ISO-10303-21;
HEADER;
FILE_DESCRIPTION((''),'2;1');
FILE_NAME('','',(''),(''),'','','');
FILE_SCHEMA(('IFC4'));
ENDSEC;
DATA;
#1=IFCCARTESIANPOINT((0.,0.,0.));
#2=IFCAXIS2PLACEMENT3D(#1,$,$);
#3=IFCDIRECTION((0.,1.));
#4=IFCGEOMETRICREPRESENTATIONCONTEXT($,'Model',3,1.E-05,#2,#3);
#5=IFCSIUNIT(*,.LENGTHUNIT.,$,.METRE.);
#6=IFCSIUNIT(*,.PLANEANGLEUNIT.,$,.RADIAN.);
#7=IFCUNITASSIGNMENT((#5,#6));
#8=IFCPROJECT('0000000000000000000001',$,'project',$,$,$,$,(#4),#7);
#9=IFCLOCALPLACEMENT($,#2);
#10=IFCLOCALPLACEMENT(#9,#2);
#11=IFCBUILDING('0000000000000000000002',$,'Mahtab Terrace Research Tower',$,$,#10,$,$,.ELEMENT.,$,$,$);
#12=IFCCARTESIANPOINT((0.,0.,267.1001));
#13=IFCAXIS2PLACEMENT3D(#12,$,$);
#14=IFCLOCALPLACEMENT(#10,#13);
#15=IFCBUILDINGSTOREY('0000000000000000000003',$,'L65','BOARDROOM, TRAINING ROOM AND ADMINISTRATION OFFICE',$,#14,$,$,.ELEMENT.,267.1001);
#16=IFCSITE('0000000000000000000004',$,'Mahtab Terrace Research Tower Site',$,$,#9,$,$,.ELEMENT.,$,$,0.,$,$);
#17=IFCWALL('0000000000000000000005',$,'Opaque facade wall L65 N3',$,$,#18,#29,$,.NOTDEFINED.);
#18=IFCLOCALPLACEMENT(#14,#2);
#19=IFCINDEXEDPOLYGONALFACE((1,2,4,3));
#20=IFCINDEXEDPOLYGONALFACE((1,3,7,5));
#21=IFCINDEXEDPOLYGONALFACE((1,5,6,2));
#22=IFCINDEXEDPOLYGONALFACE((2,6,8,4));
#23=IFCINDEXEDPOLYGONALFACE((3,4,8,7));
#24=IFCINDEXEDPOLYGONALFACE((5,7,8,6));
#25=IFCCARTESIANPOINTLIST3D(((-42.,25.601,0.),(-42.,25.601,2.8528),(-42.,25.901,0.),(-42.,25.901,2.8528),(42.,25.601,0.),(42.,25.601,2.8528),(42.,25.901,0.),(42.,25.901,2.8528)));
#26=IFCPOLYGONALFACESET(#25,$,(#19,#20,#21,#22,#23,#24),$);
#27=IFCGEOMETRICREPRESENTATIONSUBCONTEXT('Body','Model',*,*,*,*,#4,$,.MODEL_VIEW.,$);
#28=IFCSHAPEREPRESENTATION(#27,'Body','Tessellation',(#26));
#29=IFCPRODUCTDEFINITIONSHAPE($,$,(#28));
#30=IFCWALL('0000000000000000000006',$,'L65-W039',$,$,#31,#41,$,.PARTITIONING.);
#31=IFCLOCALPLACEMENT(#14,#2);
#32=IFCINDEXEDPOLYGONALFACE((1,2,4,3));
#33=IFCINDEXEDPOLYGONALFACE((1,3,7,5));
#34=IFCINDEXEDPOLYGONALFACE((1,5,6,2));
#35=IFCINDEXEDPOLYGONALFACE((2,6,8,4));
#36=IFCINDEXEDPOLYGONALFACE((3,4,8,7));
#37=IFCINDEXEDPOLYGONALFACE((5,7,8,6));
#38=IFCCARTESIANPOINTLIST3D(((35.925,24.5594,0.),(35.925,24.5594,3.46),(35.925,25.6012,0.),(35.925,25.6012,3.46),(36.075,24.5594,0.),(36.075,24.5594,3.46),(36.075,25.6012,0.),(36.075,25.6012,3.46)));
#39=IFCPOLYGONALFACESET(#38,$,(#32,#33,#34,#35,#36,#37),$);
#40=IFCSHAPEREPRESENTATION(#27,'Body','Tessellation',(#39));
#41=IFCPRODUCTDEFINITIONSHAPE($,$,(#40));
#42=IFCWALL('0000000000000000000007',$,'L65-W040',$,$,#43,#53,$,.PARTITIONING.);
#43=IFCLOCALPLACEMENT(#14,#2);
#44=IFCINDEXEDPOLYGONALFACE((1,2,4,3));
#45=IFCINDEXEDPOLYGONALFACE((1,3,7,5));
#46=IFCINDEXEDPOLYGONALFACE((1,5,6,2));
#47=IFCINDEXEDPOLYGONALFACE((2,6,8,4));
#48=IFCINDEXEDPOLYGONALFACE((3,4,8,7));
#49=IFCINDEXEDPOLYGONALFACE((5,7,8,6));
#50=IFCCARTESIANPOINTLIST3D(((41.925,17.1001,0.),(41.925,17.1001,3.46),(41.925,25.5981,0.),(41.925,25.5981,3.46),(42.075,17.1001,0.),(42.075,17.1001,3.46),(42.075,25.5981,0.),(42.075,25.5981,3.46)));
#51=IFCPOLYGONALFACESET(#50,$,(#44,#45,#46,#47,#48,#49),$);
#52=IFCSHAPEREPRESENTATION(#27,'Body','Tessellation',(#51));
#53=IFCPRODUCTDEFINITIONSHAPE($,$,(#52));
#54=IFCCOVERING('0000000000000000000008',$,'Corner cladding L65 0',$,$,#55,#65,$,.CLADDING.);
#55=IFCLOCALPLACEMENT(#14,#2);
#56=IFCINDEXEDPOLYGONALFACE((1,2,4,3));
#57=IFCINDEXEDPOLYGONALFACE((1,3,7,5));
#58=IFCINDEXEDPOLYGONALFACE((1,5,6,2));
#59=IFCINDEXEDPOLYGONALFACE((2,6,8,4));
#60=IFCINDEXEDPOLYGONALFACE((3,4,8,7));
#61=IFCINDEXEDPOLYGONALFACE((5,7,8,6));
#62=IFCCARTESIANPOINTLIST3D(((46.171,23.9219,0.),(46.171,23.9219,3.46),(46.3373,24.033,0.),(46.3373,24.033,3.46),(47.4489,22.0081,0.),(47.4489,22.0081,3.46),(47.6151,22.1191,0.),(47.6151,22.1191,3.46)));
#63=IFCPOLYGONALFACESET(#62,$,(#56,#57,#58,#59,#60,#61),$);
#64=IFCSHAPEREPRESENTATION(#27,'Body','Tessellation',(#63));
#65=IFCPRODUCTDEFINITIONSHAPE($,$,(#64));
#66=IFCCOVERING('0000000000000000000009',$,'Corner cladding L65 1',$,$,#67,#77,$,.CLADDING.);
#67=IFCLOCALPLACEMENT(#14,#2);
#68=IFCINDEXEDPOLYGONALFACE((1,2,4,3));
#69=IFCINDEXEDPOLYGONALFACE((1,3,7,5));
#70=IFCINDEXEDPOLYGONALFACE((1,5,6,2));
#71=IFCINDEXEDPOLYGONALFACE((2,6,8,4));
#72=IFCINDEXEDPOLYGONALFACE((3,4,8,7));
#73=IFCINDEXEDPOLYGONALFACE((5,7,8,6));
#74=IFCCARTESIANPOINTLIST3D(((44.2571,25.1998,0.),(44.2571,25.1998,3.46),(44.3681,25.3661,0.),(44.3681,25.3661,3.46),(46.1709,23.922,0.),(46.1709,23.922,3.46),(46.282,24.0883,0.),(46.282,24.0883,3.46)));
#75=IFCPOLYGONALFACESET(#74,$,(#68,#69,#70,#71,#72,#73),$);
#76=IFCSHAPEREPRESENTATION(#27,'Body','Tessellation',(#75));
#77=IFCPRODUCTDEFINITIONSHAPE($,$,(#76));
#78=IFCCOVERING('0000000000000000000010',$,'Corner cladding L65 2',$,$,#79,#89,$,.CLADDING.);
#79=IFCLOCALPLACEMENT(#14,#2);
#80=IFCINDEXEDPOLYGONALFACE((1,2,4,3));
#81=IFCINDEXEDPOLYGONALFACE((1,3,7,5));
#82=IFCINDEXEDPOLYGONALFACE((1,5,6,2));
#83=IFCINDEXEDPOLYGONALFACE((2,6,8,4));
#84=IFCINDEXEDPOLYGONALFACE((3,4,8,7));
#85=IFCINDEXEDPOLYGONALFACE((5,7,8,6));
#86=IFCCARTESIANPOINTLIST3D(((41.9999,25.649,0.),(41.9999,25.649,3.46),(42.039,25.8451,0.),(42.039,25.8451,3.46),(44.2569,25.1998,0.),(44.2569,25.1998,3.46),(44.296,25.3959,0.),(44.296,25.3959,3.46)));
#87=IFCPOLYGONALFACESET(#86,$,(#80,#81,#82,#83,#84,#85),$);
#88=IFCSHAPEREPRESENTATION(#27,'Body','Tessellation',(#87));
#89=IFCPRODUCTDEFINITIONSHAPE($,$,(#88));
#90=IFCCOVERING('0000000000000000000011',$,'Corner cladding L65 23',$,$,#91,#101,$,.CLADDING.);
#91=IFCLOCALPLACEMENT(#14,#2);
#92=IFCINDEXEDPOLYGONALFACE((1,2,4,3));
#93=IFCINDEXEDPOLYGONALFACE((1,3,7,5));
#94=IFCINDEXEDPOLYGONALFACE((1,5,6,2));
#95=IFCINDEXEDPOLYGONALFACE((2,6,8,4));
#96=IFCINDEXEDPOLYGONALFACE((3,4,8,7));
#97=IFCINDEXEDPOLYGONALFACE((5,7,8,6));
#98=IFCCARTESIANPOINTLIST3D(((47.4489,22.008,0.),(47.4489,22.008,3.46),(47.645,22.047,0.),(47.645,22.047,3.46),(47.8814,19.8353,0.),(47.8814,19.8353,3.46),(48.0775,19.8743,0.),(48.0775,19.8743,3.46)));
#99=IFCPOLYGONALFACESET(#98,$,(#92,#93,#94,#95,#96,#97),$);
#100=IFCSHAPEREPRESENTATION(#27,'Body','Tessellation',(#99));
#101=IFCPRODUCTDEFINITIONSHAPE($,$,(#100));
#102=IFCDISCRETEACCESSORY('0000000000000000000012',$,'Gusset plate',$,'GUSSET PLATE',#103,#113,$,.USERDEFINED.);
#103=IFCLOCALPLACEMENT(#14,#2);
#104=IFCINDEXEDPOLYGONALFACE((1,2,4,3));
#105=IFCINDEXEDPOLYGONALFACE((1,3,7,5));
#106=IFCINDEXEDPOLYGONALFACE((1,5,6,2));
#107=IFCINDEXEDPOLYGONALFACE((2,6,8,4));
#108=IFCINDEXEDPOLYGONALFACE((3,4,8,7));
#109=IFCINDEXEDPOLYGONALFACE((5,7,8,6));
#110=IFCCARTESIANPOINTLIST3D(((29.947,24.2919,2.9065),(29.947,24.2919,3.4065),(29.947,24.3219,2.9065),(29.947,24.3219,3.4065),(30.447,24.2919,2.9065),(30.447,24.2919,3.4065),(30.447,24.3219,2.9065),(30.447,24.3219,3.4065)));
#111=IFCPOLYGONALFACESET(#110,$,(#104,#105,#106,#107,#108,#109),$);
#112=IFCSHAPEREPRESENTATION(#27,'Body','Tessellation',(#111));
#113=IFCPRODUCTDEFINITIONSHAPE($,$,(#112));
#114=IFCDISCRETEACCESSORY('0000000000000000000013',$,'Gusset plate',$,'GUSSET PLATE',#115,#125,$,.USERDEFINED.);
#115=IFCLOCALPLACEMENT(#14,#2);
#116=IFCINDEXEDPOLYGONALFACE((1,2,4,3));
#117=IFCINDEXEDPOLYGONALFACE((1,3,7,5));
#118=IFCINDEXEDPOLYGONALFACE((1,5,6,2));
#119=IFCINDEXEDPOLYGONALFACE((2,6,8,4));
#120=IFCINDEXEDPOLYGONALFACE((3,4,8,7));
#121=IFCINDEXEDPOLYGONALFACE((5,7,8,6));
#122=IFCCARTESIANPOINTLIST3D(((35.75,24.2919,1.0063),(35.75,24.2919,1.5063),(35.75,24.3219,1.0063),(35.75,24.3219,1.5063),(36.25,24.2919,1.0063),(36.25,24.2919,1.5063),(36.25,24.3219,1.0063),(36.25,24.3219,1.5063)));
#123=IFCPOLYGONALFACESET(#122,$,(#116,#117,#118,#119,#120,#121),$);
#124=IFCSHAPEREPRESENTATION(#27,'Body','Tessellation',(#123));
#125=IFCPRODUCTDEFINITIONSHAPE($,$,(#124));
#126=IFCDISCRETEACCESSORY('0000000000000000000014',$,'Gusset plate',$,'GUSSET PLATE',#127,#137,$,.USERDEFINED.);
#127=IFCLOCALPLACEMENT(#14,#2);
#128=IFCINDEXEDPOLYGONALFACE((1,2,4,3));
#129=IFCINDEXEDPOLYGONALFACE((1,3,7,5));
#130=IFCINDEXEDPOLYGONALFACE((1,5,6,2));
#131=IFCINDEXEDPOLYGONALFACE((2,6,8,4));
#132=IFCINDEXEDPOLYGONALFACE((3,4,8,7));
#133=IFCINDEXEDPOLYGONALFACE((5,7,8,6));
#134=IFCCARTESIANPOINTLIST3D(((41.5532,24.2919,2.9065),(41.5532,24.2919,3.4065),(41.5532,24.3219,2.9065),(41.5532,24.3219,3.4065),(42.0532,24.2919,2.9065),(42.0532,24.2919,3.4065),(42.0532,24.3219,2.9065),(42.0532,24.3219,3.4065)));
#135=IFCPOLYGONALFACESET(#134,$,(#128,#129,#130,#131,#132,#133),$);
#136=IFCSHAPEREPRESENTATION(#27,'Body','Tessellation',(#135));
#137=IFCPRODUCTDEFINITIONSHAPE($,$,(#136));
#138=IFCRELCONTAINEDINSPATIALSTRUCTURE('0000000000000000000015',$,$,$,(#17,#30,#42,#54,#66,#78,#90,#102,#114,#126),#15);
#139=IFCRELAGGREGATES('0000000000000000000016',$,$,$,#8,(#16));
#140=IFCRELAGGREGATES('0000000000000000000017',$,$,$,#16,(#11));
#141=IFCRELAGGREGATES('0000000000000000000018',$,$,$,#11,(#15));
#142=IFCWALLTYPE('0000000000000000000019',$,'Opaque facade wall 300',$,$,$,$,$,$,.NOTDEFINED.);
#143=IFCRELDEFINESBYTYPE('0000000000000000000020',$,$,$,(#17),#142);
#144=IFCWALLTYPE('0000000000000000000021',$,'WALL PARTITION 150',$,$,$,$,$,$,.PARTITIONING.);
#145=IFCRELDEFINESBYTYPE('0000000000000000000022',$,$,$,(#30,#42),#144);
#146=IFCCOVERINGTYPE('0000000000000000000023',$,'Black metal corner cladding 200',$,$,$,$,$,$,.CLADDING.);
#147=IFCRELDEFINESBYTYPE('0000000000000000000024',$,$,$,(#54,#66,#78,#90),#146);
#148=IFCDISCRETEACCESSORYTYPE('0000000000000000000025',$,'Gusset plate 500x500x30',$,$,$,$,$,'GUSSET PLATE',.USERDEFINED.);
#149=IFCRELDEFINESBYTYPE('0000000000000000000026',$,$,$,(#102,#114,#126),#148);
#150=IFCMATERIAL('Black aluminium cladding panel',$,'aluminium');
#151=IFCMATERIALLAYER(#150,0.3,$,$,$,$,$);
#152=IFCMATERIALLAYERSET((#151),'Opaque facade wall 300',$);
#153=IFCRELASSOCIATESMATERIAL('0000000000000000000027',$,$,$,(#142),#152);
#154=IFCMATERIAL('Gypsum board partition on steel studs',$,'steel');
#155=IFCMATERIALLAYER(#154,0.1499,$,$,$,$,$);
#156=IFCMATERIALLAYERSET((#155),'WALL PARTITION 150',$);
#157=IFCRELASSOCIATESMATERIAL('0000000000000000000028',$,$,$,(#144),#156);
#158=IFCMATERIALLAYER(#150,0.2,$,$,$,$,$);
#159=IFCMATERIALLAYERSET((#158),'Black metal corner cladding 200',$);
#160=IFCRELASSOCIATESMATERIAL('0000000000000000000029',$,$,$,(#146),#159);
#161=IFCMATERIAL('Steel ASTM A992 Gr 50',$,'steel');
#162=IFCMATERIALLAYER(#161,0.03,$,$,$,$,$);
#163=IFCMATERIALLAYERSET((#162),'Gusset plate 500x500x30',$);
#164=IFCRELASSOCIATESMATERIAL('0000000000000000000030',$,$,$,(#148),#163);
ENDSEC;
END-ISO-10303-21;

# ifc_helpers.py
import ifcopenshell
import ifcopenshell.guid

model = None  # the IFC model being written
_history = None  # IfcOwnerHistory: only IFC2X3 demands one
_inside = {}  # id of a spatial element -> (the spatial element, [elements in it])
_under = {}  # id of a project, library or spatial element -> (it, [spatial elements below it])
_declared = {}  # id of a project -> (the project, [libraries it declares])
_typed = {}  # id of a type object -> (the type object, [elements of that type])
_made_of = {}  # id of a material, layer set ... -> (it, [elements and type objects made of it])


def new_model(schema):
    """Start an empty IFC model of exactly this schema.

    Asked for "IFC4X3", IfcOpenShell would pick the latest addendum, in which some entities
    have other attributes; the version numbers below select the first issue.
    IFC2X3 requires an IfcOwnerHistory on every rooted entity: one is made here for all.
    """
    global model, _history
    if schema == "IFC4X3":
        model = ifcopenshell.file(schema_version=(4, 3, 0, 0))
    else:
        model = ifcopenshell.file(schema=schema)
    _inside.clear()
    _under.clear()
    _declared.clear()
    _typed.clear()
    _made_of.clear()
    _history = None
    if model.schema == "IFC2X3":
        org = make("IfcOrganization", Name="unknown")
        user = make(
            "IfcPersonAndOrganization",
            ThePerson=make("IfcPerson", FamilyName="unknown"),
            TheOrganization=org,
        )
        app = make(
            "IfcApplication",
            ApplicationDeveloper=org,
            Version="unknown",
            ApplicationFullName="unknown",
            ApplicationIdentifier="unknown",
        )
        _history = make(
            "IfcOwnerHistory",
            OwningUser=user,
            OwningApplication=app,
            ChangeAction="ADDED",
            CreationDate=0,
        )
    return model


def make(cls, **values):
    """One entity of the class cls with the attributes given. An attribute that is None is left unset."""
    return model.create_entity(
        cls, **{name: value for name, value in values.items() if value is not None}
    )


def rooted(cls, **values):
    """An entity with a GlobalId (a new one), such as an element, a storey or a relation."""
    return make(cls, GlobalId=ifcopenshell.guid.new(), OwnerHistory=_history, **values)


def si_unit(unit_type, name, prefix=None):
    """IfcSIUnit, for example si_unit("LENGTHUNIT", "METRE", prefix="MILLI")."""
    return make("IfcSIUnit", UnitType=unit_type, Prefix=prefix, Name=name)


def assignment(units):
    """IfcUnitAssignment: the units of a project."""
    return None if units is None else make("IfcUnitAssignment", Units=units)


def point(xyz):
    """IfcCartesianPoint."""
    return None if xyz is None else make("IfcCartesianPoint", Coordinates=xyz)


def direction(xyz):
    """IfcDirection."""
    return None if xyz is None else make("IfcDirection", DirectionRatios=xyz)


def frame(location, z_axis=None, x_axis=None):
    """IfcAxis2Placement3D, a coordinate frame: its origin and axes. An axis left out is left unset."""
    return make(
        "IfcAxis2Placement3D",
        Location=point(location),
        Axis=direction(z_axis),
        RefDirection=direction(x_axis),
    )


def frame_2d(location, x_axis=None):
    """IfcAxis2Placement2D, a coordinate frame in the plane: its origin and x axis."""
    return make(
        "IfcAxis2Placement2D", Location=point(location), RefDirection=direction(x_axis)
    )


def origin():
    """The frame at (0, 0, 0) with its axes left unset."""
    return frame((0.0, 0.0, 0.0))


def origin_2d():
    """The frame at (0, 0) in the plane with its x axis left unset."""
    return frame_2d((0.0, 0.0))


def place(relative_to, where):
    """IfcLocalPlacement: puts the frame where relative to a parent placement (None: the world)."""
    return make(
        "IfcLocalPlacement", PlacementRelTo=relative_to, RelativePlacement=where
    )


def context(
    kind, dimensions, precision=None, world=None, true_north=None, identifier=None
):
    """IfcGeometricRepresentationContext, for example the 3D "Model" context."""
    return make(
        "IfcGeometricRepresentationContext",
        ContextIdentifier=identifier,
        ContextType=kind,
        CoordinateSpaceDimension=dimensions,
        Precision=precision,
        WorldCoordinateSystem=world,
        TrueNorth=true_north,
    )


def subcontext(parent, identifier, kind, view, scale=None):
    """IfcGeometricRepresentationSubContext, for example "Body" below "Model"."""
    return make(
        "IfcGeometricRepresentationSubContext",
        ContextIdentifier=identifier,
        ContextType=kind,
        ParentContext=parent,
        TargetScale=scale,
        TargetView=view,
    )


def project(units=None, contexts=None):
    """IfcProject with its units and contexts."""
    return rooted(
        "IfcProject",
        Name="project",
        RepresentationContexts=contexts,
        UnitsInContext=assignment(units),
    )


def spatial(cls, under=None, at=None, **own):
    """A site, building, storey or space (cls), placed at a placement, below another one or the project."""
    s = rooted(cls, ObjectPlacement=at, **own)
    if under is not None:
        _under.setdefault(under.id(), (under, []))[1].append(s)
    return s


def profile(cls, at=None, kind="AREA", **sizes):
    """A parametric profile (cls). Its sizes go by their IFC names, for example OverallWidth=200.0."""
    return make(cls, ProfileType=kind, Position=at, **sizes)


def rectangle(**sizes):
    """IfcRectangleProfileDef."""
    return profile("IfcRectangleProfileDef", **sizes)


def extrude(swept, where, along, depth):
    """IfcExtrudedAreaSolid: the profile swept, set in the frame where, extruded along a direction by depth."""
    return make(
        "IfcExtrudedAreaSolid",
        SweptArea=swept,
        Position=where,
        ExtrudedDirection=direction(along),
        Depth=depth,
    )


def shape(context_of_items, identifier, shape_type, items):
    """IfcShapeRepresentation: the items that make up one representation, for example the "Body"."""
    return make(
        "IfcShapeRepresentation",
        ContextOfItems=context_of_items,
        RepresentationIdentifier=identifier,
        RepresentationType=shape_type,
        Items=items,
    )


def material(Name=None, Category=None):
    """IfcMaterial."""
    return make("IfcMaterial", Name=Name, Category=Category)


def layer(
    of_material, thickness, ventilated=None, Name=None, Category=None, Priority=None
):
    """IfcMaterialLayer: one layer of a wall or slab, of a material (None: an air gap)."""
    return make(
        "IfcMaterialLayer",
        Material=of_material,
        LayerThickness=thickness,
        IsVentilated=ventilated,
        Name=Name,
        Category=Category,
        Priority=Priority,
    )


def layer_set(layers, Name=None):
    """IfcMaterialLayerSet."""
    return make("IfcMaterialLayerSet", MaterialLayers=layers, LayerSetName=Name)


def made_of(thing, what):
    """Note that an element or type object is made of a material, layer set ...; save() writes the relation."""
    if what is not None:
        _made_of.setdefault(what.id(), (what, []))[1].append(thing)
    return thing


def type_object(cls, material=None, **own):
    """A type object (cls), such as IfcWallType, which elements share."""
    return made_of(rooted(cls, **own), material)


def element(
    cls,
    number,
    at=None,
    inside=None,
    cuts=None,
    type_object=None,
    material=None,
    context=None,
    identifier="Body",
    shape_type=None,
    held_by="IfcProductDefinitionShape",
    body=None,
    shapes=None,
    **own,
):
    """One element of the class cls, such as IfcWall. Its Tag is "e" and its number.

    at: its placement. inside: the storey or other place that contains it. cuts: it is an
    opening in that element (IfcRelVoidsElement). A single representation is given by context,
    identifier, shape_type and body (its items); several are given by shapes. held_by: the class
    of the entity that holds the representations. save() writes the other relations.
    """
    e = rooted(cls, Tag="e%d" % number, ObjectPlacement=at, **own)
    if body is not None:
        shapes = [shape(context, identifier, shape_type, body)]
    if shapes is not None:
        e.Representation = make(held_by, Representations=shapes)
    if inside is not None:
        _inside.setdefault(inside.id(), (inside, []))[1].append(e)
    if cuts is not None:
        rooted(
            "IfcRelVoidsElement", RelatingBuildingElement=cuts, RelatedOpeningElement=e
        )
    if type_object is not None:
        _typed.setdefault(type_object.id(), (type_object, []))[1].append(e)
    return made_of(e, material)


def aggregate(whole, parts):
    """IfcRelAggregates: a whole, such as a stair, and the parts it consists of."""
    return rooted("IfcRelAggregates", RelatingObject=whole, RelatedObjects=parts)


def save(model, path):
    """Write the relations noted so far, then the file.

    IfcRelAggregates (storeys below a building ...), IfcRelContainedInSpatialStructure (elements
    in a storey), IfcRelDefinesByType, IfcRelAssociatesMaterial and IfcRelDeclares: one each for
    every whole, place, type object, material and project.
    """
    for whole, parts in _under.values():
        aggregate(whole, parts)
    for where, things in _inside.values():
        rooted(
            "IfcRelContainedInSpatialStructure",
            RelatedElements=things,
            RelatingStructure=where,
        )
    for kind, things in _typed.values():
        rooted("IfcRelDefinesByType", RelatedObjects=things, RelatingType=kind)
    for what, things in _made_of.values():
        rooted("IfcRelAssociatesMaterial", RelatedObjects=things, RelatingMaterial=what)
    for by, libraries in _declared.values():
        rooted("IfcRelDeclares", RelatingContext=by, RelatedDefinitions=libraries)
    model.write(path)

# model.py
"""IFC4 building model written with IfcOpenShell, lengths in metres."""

from ifc_helpers import new_model, si_unit, direction, frame, frame_2d, origin, origin_2d, place, context, subcontext, project, spatial, rectangle, extrude, material, layer, layer_set, type_object, element, save


model = new_model("IFC4")

# Units and contexts
model_context = context("Model", 3, precision=1e-05, world=origin(), true_north=direction((0.0, 1.0)))
body_context = subcontext(model_context, "Body", "Model", "MODEL_VIEW")
ifc_project = project(units=[si_unit("LENGTHUNIT", "METRE"), si_unit("PLANEANGLEUNIT", "RADIAN")], contexts=[model_context])

# Site, building, storey
site_placement = place(None, origin())
site = spatial("IfcSite", under=ifc_project, at=site_placement, Name="Mahtab Terrace Research Tower Site", CompositionType="ELEMENT", RefElevation=0.0)
building_placement = place(site_placement, origin())
building = spatial("IfcBuilding", under=site, at=building_placement, Name="Mahtab Terrace Research Tower", CompositionType="ELEMENT")
storey_placement = place(building_placement, frame((0.0, 0.0, 267.1001)))
storey = spatial("IfcBuildingStorey", under=building, at=storey_placement, Name="L65", Description="BOARDROOM, TRAINING ROOM AND ADMINISTRATION OFFICE", CompositionType="ELEMENT", Elevation=267.1001)

# Shared definitions
ifc_material_1 = material(Name="Steel ASTM A992 Gr 50", Category="steel")

# Walls
ifc_material_2 = material(Name="Black aluminium cladding panel", Category="aluminium")
ifc_layer_1 = layer(ifc_material_2, 0.3)
ifc_layer_set_1 = layer_set([ifc_layer_1], Name="Opaque facade wall 300")
wall_type_1 = type_object("IfcWallType", Name="Opaque facade wall 300", PredefinedType="NOTDEFINED", material=ifc_layer_set_1)
wall_1_placement = place(storey_placement, frame((42.0, 25.751, 0.0), z_axis=(0.0, 0.0, 1.0), x_axis=(-1.0, 0.0, 0.0)))
element("IfcWall", 1, at=wall_1_placement, inside=storey, type_object=wall_type_1, Name="Opaque facade wall L65 N3", PredefinedType="NOTDEFINED", context=body_context, shape_type="SweptSolid", body=[
    extrude(rectangle(XDim=84.0, YDim=0.3, at=frame_2d((42.0, 0.0))), origin(), (0.0, 0.0, 1.0), 2.8528),
])
ifc_material_3 = material(Name="Gypsum board partition on steel studs", Category="steel")
ifc_layer_2 = layer(ifc_material_3, 0.1499)
ifc_layer_set_2 = layer_set([ifc_layer_2], Name="WALL PARTITION 150")
wall_type_2 = type_object("IfcWallType", Name="WALL PARTITION 150", PredefinedType="PARTITIONING", material=ifc_layer_set_2)
wall_2_placement = place(storey_placement, frame((36.0, 24.5593, 0.0), z_axis=(0.0, 0.0, 1.0), x_axis=(0.0, 1.0, 0.0)))
element("IfcWall", 2, at=wall_2_placement, inside=storey, type_object=wall_type_2, Name="L65-W039", PredefinedType="PARTITIONING", context=body_context, shape_type="SweptSolid", body=[
    extrude(rectangle(XDim=1.0417, YDim=0.1499, at=frame_2d((0.521, 0.0))), origin(), (0.0, 0.0, 1.0), 3.46),
])
wall_3_placement = place(storey_placement, frame((42.0, 17.1001, 0.0), z_axis=(0.0, 0.0, 1.0), x_axis=(0.0, 1.0, 0.0)))
element("IfcWall", 3, at=wall_3_placement, inside=storey, type_object=wall_type_2, Name="L65-W040", PredefinedType="PARTITIONING", context=body_context, shape_type="SweptSolid", body=[
    extrude(rectangle(XDim=8.498, YDim=0.1499, at=frame_2d((4.249, 0.0))), origin(), (0.0, 0.0, 1.0), 3.46),
])

# Coverings
ifc_layer_3 = layer(ifc_material_2, 0.2)
ifc_layer_set_3 = layer_set([ifc_layer_3], Name="Black metal corner cladding 200")
covering_type = type_object("IfcCoveringType", Name="Black metal corner cladding 200", PredefinedType="CLADDING", material=ifc_layer_set_3)
for number, where, z_axis, x_axis, name in (
    (4, (46.8931, 23.0205, 0.0), (0.0, 0.0, 1.0), (-0.555291, 0.831656, 0.0), "Corner cladding L65 0"),
    (5, (45.2695, 24.644, 0.0), (0.0, 0.0, 1.0), (-0.831656, 0.555291, 0.0), "Corner cladding L65 1"),
    (6, (43.1479, 25.5225, 0.0), (0.0, 0.0, 1.0), (-0.980761, 0.195212, 0.0), "Corner cladding L65 2"),
):
    element("IfcCovering", number, at=place(storey_placement, frame(where, z_axis=z_axis, x_axis=x_axis)), inside=storey, type_object=covering_type, Name=name, PredefinedType="CLADDING", context=body_context, shape_type="SweptSolid", body=[
        extrude(rectangle(XDim=2.3013, YDim=0.2, at=origin_2d()), origin(), (0.0, 0.0, 1.0), 3.46),
    ])
covering_placement = place(storey_placement, frame((47.7632, 20.9412, 0.0), z_axis=(0.0, 0.0, 1.0), x_axis=(-0.195212, 0.980761, 0.0)))
element("IfcCovering", 7, at=covering_placement, inside=storey, type_object=covering_type, Name="Corner cladding L65 23", PredefinedType="CLADDING", context=body_context, shape_type="SweptSolid", body=[
    extrude(rectangle(XDim=2.2153, YDim=0.2, at=origin_2d()), origin(), (0.0, 0.0, 1.0), 3.46),
])

# Discrete accessories
ifc_layer_4 = layer(ifc_material_1, 0.03)
ifc_layer_set_4 = layer_set([ifc_layer_4], Name="Gusset plate 500x500x30")
discrete_accessory_type = type_object("IfcDiscreteAccessoryType", Name="Gusset plate 500x500x30", ElementType="GUSSET PLATE", PredefinedType="USERDEFINED", material=ifc_layer_set_4)
for number, where, z_axis, x_axis, name in (
    (8, (30.197, 24.3069, 2.9065), (0.0, 0.0, 1.0), (1.0, 0.0, 0.0), "Gusset plate"),
    (9, (36.0, 24.3069, 1.0063), (0.0, 0.0, 1.0), (1.0, 0.0, 0.0), "Gusset plate"),
    (10, (41.8032, 24.3069, 2.9065), (0.0, 0.0, 1.0), (1.0, 0.0, 0.0), "Gusset plate"),
):
    element("IfcDiscreteAccessory", number, at=place(storey_placement, frame(where, z_axis=z_axis, x_axis=x_axis)), inside=storey, type_object=discrete_accessory_type, Name=name, ObjectType="GUSSET PLATE", PredefinedType="USERDEFINED", context=body_context, shape_type="SweptSolid", body=[
        extrude(rectangle(XDim=0.5, YDim=0.03, at=origin_2d()), origin(), (0.0, 0.0, 1.0), 0.5),
    ])

save(model, "model.ifc")
